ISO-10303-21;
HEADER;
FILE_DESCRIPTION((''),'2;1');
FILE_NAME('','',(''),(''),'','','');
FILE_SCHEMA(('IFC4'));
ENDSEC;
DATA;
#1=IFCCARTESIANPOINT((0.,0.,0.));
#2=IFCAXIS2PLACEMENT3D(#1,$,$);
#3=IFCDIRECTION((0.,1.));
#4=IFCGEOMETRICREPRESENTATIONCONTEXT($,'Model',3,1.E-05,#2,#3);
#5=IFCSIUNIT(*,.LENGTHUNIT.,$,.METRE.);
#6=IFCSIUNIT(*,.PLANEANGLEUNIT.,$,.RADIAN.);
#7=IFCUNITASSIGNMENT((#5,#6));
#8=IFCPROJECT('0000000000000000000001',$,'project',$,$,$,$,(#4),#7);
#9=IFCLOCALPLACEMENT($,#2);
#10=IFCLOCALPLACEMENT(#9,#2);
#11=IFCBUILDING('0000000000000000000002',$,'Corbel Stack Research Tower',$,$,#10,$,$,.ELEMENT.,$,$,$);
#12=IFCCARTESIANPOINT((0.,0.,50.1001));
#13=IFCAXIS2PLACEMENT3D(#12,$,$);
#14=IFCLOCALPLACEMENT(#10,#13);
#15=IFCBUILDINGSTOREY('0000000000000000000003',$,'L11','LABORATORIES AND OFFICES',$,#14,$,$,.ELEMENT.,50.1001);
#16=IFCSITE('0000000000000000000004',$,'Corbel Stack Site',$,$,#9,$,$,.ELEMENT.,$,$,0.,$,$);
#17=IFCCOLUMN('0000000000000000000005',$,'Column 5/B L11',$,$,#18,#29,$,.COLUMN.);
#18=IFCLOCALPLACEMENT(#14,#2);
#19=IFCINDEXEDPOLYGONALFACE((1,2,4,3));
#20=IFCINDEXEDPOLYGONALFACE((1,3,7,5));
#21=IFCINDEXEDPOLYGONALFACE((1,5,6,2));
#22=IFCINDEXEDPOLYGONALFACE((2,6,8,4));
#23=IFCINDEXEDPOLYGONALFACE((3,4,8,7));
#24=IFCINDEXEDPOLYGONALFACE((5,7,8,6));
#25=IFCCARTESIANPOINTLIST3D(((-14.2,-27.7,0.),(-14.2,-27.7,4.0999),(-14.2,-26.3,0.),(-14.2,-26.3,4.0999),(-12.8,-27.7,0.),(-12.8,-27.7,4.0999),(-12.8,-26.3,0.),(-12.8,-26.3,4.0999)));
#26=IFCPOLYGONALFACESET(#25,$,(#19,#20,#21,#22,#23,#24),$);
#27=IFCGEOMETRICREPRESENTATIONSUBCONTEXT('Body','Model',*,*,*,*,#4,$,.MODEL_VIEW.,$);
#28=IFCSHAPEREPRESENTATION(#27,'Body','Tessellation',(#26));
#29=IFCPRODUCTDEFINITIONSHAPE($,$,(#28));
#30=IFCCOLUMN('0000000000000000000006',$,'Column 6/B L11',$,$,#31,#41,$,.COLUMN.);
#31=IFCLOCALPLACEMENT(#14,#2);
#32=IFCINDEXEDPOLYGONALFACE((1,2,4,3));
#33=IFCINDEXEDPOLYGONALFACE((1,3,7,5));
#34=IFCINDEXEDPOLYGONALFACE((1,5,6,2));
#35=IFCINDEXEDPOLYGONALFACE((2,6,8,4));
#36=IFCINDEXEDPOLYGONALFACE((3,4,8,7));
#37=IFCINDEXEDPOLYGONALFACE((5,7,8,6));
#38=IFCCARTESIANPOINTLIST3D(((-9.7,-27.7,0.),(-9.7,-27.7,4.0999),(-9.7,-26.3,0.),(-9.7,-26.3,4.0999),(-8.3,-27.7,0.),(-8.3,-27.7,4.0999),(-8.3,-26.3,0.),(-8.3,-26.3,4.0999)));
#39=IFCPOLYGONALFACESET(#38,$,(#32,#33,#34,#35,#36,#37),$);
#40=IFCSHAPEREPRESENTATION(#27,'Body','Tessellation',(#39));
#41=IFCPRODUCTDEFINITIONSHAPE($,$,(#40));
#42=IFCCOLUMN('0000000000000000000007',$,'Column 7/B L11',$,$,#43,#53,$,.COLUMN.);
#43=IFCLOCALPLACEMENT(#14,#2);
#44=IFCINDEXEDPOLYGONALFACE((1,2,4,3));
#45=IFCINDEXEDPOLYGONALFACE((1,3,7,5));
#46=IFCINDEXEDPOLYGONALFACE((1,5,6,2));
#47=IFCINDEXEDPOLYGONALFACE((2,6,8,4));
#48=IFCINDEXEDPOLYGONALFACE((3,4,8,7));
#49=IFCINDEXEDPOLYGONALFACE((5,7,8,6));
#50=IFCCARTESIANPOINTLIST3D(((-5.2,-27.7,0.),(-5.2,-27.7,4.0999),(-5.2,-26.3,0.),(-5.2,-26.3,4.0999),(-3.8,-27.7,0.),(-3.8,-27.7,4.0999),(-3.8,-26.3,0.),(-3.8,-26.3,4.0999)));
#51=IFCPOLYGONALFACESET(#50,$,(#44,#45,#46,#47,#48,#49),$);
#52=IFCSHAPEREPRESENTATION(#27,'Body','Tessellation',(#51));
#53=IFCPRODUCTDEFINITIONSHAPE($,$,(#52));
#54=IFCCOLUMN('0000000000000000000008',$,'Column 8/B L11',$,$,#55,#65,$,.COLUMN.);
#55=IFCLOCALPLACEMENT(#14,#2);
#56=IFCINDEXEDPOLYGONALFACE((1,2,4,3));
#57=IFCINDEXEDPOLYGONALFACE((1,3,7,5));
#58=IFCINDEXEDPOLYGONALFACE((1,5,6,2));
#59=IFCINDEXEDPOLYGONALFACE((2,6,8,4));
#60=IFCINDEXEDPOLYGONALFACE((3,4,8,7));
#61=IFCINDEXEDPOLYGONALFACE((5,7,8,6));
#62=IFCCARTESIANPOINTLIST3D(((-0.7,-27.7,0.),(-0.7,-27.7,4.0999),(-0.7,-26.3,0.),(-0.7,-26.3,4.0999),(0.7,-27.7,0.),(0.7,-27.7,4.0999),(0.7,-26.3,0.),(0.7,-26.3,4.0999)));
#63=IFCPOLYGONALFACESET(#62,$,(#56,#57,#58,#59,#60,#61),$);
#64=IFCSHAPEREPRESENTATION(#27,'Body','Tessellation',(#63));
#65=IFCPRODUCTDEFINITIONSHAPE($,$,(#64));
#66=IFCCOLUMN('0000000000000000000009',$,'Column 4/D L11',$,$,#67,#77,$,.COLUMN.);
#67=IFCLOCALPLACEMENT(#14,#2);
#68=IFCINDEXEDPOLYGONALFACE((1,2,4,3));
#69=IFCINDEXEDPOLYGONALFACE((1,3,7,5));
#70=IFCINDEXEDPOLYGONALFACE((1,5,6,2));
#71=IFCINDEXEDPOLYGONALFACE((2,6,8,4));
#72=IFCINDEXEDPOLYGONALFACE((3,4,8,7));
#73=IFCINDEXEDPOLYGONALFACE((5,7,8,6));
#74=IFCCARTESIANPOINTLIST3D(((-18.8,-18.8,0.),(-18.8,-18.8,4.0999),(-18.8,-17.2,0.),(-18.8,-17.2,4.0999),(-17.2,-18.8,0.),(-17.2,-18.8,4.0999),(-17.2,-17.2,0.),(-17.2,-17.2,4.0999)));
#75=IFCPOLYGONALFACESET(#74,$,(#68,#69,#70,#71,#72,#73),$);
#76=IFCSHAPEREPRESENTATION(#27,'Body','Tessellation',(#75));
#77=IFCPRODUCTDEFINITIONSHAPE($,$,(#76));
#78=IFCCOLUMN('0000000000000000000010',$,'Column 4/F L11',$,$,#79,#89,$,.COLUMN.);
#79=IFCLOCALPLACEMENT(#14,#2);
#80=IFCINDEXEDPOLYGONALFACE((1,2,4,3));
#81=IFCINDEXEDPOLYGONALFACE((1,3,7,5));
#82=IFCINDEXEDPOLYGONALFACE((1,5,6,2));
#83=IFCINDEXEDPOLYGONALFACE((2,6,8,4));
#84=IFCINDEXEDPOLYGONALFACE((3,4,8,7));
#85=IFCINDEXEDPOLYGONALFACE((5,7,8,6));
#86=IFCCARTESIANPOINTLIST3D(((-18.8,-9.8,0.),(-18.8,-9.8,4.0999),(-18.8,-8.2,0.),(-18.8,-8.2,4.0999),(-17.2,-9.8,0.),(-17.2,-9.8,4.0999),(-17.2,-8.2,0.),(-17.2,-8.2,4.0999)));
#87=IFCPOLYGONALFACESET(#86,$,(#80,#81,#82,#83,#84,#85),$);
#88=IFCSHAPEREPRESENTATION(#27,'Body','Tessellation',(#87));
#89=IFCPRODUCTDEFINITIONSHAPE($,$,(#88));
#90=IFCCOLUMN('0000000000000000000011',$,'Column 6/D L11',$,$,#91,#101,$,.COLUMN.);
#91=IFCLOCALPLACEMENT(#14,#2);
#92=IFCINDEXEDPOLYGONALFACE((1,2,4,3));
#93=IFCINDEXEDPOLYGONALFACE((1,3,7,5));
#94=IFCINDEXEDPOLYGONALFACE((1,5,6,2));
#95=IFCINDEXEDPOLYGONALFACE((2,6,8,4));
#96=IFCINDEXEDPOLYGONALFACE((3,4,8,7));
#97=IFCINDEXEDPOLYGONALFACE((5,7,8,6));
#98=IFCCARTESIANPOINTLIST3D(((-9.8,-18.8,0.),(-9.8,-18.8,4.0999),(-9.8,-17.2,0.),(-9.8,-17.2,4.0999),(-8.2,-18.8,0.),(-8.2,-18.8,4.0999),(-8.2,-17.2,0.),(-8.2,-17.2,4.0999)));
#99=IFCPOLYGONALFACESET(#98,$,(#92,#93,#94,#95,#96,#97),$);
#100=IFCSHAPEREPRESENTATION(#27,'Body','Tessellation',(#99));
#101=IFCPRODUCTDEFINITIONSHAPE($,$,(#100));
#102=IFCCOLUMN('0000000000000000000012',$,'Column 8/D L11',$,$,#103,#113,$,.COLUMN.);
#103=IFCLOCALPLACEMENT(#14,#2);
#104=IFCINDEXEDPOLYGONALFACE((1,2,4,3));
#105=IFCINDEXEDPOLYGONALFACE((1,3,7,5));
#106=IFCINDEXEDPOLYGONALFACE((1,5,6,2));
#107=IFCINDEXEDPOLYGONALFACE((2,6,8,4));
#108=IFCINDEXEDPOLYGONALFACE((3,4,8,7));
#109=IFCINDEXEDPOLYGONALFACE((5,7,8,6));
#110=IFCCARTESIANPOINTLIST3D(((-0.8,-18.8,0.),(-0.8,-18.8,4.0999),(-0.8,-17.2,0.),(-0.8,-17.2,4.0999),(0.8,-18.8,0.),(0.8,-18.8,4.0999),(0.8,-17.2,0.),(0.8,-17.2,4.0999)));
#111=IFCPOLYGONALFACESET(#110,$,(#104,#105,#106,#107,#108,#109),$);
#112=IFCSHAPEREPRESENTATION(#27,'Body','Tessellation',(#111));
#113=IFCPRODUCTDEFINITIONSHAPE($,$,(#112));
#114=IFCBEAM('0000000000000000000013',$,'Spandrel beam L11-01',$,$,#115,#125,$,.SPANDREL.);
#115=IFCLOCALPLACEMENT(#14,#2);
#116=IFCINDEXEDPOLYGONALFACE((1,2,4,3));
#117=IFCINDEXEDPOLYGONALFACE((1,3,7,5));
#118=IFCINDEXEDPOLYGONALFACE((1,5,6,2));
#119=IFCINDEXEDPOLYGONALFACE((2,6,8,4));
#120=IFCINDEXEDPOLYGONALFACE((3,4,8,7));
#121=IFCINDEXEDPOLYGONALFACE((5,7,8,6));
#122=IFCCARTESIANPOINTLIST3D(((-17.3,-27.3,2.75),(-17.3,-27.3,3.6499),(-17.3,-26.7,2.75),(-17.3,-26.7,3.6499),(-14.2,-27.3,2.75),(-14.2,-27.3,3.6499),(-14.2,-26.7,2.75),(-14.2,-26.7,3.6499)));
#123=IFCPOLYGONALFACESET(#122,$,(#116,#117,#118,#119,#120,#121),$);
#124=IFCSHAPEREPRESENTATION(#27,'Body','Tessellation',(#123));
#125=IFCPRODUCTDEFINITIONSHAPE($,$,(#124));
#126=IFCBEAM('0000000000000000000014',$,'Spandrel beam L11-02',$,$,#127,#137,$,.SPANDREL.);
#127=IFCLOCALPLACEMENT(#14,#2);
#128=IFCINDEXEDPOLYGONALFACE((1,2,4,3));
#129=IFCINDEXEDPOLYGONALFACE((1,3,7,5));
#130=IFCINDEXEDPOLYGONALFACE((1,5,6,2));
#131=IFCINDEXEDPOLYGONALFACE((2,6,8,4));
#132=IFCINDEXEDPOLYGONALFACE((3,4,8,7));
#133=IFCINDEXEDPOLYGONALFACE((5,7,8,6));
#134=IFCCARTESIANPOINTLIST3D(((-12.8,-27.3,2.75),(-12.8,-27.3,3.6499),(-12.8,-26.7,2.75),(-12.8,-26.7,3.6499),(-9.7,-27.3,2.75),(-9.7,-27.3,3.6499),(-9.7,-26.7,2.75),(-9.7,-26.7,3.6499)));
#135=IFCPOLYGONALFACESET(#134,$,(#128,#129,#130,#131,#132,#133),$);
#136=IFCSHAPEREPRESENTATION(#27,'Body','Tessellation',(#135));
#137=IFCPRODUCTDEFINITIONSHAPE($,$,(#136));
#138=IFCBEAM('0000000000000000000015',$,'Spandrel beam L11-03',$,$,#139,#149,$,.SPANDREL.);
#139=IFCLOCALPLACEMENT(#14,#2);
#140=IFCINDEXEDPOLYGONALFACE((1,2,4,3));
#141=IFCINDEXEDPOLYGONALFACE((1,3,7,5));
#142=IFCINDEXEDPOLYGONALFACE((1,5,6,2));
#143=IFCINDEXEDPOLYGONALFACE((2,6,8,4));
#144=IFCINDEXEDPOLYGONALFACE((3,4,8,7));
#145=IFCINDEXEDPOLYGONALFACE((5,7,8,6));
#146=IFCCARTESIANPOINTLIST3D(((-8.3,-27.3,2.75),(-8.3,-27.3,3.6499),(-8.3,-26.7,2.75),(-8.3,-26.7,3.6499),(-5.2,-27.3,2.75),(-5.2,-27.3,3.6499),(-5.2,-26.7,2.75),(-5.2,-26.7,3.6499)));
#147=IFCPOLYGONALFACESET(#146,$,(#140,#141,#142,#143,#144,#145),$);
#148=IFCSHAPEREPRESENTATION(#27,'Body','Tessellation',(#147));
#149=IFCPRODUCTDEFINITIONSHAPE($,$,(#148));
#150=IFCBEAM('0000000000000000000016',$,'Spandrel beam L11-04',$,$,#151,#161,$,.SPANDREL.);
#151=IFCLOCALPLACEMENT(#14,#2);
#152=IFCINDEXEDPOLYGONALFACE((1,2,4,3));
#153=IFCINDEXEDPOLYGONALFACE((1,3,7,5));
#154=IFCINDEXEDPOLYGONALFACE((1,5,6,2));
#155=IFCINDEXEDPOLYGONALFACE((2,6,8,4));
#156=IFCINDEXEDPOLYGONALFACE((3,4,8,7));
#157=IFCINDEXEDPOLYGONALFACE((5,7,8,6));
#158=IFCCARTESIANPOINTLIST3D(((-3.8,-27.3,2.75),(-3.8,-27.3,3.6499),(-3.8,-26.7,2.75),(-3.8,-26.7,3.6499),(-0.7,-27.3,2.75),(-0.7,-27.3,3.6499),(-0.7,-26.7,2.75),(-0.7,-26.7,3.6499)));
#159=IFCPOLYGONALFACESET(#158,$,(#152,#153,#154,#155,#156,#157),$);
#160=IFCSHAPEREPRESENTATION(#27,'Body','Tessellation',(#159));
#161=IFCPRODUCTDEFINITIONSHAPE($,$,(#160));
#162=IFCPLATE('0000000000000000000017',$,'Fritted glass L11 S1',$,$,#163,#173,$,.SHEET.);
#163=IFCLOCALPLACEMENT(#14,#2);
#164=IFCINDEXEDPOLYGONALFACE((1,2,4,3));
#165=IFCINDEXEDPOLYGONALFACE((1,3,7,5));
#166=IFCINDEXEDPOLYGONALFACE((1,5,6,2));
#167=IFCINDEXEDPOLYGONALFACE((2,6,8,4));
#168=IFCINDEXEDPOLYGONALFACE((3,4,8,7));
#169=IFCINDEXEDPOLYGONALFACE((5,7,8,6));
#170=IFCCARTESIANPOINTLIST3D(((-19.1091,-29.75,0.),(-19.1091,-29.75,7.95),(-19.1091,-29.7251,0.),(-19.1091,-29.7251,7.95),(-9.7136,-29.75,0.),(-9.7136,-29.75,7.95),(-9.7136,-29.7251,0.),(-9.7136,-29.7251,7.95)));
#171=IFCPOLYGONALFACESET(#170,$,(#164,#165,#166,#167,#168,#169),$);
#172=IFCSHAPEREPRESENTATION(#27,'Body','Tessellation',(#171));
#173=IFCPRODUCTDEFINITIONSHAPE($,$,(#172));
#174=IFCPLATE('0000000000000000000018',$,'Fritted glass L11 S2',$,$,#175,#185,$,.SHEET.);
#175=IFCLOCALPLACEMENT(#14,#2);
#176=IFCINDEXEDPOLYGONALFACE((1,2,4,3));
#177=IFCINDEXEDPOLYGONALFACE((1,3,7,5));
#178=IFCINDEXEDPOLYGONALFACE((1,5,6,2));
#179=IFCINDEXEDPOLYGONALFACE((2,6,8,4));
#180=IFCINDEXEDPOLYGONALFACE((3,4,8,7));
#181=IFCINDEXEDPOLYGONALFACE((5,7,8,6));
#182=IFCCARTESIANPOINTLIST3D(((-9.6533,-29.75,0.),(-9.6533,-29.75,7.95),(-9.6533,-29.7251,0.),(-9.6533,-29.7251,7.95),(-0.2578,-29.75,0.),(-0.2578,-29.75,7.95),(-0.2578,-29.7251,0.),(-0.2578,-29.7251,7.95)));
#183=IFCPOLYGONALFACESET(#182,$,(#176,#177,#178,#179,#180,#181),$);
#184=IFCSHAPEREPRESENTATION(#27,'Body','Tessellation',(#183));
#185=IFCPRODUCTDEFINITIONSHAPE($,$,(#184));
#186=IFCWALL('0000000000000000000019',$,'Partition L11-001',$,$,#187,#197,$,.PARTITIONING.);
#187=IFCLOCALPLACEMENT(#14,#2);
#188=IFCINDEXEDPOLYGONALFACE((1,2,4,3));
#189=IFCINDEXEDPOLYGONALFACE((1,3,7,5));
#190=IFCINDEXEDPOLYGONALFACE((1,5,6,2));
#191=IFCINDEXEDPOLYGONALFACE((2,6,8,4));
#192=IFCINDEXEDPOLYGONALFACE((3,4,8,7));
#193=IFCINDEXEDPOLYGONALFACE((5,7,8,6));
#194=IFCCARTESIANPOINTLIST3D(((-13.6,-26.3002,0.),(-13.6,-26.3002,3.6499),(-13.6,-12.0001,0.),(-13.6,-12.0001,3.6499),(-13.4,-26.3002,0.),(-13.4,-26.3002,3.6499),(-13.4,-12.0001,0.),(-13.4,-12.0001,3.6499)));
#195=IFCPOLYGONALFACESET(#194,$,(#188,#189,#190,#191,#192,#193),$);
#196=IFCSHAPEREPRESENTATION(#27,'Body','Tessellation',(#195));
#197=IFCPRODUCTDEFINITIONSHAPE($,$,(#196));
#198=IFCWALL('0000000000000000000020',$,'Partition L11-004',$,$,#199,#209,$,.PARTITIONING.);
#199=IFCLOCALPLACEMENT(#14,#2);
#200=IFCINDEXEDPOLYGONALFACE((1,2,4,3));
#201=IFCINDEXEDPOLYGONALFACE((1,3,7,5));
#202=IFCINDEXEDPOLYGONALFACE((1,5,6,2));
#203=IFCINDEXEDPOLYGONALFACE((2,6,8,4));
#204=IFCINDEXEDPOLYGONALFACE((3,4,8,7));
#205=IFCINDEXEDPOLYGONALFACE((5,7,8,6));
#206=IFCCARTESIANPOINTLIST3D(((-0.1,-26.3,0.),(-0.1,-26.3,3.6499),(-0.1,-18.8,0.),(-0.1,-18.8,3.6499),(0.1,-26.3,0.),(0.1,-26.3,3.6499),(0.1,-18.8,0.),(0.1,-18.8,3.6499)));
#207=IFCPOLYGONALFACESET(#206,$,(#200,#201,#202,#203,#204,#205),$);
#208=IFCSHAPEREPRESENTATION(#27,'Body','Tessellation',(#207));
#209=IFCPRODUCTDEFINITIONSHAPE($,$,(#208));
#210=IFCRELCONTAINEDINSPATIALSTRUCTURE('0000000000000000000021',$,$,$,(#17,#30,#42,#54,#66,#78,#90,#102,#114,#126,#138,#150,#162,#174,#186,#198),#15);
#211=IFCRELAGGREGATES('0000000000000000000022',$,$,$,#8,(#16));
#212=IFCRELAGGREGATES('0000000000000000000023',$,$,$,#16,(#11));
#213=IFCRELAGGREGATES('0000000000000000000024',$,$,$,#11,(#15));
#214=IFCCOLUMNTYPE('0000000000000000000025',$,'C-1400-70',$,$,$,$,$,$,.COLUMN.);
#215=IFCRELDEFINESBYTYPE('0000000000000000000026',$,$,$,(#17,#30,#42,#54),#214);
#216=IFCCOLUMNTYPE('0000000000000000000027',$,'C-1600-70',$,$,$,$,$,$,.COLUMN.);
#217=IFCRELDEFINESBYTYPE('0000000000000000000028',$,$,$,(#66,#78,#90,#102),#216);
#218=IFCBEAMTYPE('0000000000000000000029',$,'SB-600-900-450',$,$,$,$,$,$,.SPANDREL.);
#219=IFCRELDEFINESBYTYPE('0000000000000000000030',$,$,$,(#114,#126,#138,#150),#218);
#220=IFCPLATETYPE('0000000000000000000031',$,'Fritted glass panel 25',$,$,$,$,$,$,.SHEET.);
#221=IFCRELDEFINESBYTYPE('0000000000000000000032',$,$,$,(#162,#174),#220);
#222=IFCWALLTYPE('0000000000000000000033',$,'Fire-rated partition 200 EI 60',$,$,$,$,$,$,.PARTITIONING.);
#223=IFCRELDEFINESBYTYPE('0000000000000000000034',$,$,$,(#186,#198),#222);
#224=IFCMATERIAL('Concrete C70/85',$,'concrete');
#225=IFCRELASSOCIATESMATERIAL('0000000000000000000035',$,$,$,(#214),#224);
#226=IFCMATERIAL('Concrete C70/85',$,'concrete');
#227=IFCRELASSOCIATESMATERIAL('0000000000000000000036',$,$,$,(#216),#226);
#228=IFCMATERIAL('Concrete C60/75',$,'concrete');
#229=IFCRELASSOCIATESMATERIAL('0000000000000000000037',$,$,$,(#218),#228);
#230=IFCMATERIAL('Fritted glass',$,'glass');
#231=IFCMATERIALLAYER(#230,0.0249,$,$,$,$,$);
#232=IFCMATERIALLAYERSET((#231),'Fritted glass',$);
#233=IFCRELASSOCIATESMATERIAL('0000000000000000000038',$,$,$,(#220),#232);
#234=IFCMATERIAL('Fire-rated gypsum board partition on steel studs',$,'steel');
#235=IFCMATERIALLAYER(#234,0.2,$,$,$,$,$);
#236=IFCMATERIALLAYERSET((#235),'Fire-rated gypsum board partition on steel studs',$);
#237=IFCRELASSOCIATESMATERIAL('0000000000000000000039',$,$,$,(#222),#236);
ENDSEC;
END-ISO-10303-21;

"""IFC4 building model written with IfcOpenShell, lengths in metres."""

from ifc_helpers import new_model, si_unit, direction, frame, frame_2d, origin, origin_2d, place, context, subcontext, project, spatial, rectangle, extrude, material, layer, layer_set, material_profile, profile_set, type_object, element, save


model = new_model("IFC4")

# Units and contexts
model_context = context("Model", 3, precision=1e-05, world=origin(), true_north=direction((0.0, 1.0)))
body_context = subcontext(model_context, "Body", "Model", "MODEL_VIEW")
ifc_project = project(units=[si_unit("LENGTHUNIT", "METRE"), si_unit("PLANEANGLEUNIT", "RADIAN")], contexts=[model_context])

# Site, building, storey
site_placement = place(None, origin())
site = spatial("IfcSite", under=ifc_project, at=site_placement, Name="Corbel Stack Site", CompositionType="ELEMENT", RefElevation=0.0)
building_placement = place(site_placement, origin())
building = spatial("IfcBuilding", under=site, at=building_placement, Name="Corbel Stack Research Tower", CompositionType="ELEMENT")
storey_placement = place(building_placement, frame((0.0, 0.0, 50.1001)))
storey = spatial("IfcBuildingStorey", under=building, at=storey_placement, Name="L11", Description="LABORATORIES AND OFFICES", CompositionType="ELEMENT", Elevation=50.1001)

# Columns
ifc_material_1 = material(Name="Concrete C70/85", Category="concrete")
ifc_material_profile_1 = material_profile(ifc_material_1, rectangle(XDim=1.3999, YDim=1.3999, at=origin_2d()), Name="RC 1400 x 1400")
ifc_profile_set_1 = profile_set([ifc_material_profile_1], Name="Concrete C70/85")
column_type_1 = type_object("IfcColumnType", Name="C-1400-70", PredefinedType="COLUMN", material=ifc_profile_set_1)
for number, where, z_axis, x_axis, name in (
    (1, (-13.5, -27.0, 0.0), (0.0, 0.0, 1.0), (1.0, 0.0, 0.0), "Column 5/B L11"),
    (2, (-9.0, -27.0, 0.0), (0.0, 0.0, 1.0), (1.0, 0.0, 0.0), "Column 6/B L11"),
    (3, (-4.5, -27.0, 0.0), (0.0, 0.0, 1.0), (1.0, 0.0, 0.0), "Column 7/B L11"),
    (4, (0.0, -27.0, 0.0), (0.0, 0.0, 1.0), (1.0, 0.0, 0.0), "Column 8/B L11"),
):
    element("IfcColumn", number, at=place(storey_placement, frame(where, z_axis=z_axis, x_axis=x_axis)), inside=storey, type_object=column_type_1, Name=name, PredefinedType="COLUMN", context=body_context, shape_type="SweptSolid", body=[
        extrude(rectangle(XDim=1.3999, YDim=1.3999, at=origin_2d()), origin(), (0.0, 0.0, 1.0), 4.0999),
    ])
ifc_material_2 = material(Name="Concrete C70/85", Category="concrete")
ifc_material_profile_2 = material_profile(ifc_material_2, rectangle(XDim=1.6001, YDim=1.6001, at=origin_2d()), Name="RC 1600 x 1600")
ifc_profile_set_2 = profile_set([ifc_material_profile_2], Name="Concrete C70/85")
column_type_2 = type_object("IfcColumnType", Name="C-1600-70", PredefinedType="COLUMN", material=ifc_profile_set_2)
for number, where, z_axis, x_axis, name in (
    (5, (-18.0, -18.0, 0.0), (0.0, 0.0, 1.0), (1.0, 0.0, 0.0), "Column 4/D L11"),
    (6, (-18.0, -9.0, 0.0), (0.0, 0.0, 1.0), (1.0, 0.0, 0.0), "Column 4/F L11"),
    (7, (-9.0, -18.0, 0.0), (0.0, 0.0, 1.0), (1.0, 0.0, 0.0), "Column 6/D L11"),
    (8, (0.0, -18.0, 0.0), (0.0, 0.0, 1.0), (1.0, 0.0, 0.0), "Column 8/D L11"),
):
    element("IfcColumn", number, at=place(storey_placement, frame(where, z_axis=z_axis, x_axis=x_axis)), inside=storey, type_object=column_type_2, Name=name, PredefinedType="COLUMN", context=body_context, shape_type="SweptSolid", body=[
        extrude(rectangle(XDim=1.6001, YDim=1.6001, at=origin_2d()), origin(), (0.0, 0.0, 1.0), 4.0999),
    ])

# Beams
ifc_material_3 = material(Name="Concrete C60/75", Category="concrete")
ifc_material_profile_3 = material_profile(ifc_material_3, rectangle(XDim=0.6001, YDim=0.8999, at=origin_2d()), Name="RC 600 x 900")
ifc_profile_set_3 = profile_set([ifc_material_profile_3], Name="Concrete C60/75")
beam_type = type_object("IfcBeamType", Name="SB-600-900-450", PredefinedType="SPANDREL", material=ifc_profile_set_3)
for number, where, z_axis, x_axis, name in (
    (9, (-17.3, -27.0, 3.2), (1.0, 0.0, 0.0), (0.0, 1.0, 0.0), "Spandrel beam L11-01"),
    (10, (-12.8, -27.0, 3.2), (1.0, 0.0, 0.0), (0.0, 1.0, 0.0), "Spandrel beam L11-02"),
    (11, (-8.3, -27.0, 3.2), (1.0, 0.0, 0.0), (0.0, 1.0, 0.0), "Spandrel beam L11-03"),
    (12, (-3.8, -27.0, 3.2), (1.0, 0.0, 0.0), (0.0, 1.0, 0.0), "Spandrel beam L11-04"),
):
    element("IfcBeam", number, at=place(storey_placement, frame(where, z_axis=z_axis, x_axis=x_axis)), inside=storey, type_object=beam_type, Name=name, PredefinedType="SPANDREL", context=body_context, shape_type="SweptSolid", body=[
        extrude(rectangle(XDim=0.6001, YDim=0.8999, at=origin_2d()), origin(), (0.0, 0.0, 1.0), 3.1001),
    ])

# Plates
ifc_material_4 = material(Name="Fritted glass", Category="glass")
ifc_layer_1 = layer(ifc_material_4, 0.0249)
ifc_layer_set_1 = layer_set([ifc_layer_1], Name="Fritted glass")
plate_type = type_object("IfcPlateType", Name="Fritted glass panel 25", PredefinedType="SHEET", material=ifc_layer_set_1)
for number, where, z_axis, x_axis, name in (
    (13, (-14.4114, -29.7375, 0.0), (0.0, 0.0, 1.0), (1.0, 0.0, 0.0), "Fritted glass L11 S1"),
    (14, (-4.9556, -29.7375, 0.0), (0.0, 0.0, 1.0), (1.0, 0.0, 0.0), "Fritted glass L11 S2"),
):
    element("IfcPlate", number, at=place(storey_placement, frame(where, z_axis=z_axis, x_axis=x_axis)), inside=storey, type_object=plate_type, Name=name, PredefinedType="SHEET", context=body_context, shape_type="SweptSolid", body=[
        extrude(rectangle(XDim=9.3955, YDim=0.0249, at=origin_2d()), origin(), (0.0, 0.0, 1.0), 7.95),
    ])

# Walls
ifc_material_5 = material(Name="Fire-rated gypsum board partition on steel studs", Category="steel")
ifc_layer_2 = layer(ifc_material_5, 0.2)
ifc_layer_set_2 = layer_set([ifc_layer_2], Name="Fire-rated gypsum board partition on steel studs")
wall_type_1 = type_object("IfcWallType", Name="Fire-rated partition 200 EI 60", PredefinedType="PARTITIONING", material=ifc_layer_set_2)
wall_1_placement = place(storey_placement, frame((-13.5, -26.3, 0.0), z_axis=(0.0, 0.0, 1.0), x_axis=(0.0, 1.0, 0.0)))
element("IfcWall", 15, at=wall_1_placement, inside=storey, type_object=wall_type_1, Name="Partition L11-001", PredefinedType="PARTITIONING", context=body_context, shape_type="SweptSolid", body=[
    extrude(rectangle(XDim=14.3, YDim=0.2, at=frame_2d((7.1499, 0.0))), origin(), (0.0, 0.0, 1.0), 3.6499),
])
wall_2_placement = place(storey_placement, frame((0.0, -26.3, 0.0), z_axis=(0.0, 0.0, 1.0), x_axis=(0.0, 1.0, 0.0)))
element("IfcWall", 16, at=wall_2_placement, inside=storey, type_object=wall_type_1, Name="Partition L11-004", PredefinedType="PARTITIONING", context=body_context, shape_type="SweptSolid", body=[
    extrude(rectangle(XDim=7.5, YDim=0.2, at=frame_2d((3.75, 0.0))), origin(), (0.0, 0.0, 1.0), 3.6499),
])

save(model, "model.ifc")
